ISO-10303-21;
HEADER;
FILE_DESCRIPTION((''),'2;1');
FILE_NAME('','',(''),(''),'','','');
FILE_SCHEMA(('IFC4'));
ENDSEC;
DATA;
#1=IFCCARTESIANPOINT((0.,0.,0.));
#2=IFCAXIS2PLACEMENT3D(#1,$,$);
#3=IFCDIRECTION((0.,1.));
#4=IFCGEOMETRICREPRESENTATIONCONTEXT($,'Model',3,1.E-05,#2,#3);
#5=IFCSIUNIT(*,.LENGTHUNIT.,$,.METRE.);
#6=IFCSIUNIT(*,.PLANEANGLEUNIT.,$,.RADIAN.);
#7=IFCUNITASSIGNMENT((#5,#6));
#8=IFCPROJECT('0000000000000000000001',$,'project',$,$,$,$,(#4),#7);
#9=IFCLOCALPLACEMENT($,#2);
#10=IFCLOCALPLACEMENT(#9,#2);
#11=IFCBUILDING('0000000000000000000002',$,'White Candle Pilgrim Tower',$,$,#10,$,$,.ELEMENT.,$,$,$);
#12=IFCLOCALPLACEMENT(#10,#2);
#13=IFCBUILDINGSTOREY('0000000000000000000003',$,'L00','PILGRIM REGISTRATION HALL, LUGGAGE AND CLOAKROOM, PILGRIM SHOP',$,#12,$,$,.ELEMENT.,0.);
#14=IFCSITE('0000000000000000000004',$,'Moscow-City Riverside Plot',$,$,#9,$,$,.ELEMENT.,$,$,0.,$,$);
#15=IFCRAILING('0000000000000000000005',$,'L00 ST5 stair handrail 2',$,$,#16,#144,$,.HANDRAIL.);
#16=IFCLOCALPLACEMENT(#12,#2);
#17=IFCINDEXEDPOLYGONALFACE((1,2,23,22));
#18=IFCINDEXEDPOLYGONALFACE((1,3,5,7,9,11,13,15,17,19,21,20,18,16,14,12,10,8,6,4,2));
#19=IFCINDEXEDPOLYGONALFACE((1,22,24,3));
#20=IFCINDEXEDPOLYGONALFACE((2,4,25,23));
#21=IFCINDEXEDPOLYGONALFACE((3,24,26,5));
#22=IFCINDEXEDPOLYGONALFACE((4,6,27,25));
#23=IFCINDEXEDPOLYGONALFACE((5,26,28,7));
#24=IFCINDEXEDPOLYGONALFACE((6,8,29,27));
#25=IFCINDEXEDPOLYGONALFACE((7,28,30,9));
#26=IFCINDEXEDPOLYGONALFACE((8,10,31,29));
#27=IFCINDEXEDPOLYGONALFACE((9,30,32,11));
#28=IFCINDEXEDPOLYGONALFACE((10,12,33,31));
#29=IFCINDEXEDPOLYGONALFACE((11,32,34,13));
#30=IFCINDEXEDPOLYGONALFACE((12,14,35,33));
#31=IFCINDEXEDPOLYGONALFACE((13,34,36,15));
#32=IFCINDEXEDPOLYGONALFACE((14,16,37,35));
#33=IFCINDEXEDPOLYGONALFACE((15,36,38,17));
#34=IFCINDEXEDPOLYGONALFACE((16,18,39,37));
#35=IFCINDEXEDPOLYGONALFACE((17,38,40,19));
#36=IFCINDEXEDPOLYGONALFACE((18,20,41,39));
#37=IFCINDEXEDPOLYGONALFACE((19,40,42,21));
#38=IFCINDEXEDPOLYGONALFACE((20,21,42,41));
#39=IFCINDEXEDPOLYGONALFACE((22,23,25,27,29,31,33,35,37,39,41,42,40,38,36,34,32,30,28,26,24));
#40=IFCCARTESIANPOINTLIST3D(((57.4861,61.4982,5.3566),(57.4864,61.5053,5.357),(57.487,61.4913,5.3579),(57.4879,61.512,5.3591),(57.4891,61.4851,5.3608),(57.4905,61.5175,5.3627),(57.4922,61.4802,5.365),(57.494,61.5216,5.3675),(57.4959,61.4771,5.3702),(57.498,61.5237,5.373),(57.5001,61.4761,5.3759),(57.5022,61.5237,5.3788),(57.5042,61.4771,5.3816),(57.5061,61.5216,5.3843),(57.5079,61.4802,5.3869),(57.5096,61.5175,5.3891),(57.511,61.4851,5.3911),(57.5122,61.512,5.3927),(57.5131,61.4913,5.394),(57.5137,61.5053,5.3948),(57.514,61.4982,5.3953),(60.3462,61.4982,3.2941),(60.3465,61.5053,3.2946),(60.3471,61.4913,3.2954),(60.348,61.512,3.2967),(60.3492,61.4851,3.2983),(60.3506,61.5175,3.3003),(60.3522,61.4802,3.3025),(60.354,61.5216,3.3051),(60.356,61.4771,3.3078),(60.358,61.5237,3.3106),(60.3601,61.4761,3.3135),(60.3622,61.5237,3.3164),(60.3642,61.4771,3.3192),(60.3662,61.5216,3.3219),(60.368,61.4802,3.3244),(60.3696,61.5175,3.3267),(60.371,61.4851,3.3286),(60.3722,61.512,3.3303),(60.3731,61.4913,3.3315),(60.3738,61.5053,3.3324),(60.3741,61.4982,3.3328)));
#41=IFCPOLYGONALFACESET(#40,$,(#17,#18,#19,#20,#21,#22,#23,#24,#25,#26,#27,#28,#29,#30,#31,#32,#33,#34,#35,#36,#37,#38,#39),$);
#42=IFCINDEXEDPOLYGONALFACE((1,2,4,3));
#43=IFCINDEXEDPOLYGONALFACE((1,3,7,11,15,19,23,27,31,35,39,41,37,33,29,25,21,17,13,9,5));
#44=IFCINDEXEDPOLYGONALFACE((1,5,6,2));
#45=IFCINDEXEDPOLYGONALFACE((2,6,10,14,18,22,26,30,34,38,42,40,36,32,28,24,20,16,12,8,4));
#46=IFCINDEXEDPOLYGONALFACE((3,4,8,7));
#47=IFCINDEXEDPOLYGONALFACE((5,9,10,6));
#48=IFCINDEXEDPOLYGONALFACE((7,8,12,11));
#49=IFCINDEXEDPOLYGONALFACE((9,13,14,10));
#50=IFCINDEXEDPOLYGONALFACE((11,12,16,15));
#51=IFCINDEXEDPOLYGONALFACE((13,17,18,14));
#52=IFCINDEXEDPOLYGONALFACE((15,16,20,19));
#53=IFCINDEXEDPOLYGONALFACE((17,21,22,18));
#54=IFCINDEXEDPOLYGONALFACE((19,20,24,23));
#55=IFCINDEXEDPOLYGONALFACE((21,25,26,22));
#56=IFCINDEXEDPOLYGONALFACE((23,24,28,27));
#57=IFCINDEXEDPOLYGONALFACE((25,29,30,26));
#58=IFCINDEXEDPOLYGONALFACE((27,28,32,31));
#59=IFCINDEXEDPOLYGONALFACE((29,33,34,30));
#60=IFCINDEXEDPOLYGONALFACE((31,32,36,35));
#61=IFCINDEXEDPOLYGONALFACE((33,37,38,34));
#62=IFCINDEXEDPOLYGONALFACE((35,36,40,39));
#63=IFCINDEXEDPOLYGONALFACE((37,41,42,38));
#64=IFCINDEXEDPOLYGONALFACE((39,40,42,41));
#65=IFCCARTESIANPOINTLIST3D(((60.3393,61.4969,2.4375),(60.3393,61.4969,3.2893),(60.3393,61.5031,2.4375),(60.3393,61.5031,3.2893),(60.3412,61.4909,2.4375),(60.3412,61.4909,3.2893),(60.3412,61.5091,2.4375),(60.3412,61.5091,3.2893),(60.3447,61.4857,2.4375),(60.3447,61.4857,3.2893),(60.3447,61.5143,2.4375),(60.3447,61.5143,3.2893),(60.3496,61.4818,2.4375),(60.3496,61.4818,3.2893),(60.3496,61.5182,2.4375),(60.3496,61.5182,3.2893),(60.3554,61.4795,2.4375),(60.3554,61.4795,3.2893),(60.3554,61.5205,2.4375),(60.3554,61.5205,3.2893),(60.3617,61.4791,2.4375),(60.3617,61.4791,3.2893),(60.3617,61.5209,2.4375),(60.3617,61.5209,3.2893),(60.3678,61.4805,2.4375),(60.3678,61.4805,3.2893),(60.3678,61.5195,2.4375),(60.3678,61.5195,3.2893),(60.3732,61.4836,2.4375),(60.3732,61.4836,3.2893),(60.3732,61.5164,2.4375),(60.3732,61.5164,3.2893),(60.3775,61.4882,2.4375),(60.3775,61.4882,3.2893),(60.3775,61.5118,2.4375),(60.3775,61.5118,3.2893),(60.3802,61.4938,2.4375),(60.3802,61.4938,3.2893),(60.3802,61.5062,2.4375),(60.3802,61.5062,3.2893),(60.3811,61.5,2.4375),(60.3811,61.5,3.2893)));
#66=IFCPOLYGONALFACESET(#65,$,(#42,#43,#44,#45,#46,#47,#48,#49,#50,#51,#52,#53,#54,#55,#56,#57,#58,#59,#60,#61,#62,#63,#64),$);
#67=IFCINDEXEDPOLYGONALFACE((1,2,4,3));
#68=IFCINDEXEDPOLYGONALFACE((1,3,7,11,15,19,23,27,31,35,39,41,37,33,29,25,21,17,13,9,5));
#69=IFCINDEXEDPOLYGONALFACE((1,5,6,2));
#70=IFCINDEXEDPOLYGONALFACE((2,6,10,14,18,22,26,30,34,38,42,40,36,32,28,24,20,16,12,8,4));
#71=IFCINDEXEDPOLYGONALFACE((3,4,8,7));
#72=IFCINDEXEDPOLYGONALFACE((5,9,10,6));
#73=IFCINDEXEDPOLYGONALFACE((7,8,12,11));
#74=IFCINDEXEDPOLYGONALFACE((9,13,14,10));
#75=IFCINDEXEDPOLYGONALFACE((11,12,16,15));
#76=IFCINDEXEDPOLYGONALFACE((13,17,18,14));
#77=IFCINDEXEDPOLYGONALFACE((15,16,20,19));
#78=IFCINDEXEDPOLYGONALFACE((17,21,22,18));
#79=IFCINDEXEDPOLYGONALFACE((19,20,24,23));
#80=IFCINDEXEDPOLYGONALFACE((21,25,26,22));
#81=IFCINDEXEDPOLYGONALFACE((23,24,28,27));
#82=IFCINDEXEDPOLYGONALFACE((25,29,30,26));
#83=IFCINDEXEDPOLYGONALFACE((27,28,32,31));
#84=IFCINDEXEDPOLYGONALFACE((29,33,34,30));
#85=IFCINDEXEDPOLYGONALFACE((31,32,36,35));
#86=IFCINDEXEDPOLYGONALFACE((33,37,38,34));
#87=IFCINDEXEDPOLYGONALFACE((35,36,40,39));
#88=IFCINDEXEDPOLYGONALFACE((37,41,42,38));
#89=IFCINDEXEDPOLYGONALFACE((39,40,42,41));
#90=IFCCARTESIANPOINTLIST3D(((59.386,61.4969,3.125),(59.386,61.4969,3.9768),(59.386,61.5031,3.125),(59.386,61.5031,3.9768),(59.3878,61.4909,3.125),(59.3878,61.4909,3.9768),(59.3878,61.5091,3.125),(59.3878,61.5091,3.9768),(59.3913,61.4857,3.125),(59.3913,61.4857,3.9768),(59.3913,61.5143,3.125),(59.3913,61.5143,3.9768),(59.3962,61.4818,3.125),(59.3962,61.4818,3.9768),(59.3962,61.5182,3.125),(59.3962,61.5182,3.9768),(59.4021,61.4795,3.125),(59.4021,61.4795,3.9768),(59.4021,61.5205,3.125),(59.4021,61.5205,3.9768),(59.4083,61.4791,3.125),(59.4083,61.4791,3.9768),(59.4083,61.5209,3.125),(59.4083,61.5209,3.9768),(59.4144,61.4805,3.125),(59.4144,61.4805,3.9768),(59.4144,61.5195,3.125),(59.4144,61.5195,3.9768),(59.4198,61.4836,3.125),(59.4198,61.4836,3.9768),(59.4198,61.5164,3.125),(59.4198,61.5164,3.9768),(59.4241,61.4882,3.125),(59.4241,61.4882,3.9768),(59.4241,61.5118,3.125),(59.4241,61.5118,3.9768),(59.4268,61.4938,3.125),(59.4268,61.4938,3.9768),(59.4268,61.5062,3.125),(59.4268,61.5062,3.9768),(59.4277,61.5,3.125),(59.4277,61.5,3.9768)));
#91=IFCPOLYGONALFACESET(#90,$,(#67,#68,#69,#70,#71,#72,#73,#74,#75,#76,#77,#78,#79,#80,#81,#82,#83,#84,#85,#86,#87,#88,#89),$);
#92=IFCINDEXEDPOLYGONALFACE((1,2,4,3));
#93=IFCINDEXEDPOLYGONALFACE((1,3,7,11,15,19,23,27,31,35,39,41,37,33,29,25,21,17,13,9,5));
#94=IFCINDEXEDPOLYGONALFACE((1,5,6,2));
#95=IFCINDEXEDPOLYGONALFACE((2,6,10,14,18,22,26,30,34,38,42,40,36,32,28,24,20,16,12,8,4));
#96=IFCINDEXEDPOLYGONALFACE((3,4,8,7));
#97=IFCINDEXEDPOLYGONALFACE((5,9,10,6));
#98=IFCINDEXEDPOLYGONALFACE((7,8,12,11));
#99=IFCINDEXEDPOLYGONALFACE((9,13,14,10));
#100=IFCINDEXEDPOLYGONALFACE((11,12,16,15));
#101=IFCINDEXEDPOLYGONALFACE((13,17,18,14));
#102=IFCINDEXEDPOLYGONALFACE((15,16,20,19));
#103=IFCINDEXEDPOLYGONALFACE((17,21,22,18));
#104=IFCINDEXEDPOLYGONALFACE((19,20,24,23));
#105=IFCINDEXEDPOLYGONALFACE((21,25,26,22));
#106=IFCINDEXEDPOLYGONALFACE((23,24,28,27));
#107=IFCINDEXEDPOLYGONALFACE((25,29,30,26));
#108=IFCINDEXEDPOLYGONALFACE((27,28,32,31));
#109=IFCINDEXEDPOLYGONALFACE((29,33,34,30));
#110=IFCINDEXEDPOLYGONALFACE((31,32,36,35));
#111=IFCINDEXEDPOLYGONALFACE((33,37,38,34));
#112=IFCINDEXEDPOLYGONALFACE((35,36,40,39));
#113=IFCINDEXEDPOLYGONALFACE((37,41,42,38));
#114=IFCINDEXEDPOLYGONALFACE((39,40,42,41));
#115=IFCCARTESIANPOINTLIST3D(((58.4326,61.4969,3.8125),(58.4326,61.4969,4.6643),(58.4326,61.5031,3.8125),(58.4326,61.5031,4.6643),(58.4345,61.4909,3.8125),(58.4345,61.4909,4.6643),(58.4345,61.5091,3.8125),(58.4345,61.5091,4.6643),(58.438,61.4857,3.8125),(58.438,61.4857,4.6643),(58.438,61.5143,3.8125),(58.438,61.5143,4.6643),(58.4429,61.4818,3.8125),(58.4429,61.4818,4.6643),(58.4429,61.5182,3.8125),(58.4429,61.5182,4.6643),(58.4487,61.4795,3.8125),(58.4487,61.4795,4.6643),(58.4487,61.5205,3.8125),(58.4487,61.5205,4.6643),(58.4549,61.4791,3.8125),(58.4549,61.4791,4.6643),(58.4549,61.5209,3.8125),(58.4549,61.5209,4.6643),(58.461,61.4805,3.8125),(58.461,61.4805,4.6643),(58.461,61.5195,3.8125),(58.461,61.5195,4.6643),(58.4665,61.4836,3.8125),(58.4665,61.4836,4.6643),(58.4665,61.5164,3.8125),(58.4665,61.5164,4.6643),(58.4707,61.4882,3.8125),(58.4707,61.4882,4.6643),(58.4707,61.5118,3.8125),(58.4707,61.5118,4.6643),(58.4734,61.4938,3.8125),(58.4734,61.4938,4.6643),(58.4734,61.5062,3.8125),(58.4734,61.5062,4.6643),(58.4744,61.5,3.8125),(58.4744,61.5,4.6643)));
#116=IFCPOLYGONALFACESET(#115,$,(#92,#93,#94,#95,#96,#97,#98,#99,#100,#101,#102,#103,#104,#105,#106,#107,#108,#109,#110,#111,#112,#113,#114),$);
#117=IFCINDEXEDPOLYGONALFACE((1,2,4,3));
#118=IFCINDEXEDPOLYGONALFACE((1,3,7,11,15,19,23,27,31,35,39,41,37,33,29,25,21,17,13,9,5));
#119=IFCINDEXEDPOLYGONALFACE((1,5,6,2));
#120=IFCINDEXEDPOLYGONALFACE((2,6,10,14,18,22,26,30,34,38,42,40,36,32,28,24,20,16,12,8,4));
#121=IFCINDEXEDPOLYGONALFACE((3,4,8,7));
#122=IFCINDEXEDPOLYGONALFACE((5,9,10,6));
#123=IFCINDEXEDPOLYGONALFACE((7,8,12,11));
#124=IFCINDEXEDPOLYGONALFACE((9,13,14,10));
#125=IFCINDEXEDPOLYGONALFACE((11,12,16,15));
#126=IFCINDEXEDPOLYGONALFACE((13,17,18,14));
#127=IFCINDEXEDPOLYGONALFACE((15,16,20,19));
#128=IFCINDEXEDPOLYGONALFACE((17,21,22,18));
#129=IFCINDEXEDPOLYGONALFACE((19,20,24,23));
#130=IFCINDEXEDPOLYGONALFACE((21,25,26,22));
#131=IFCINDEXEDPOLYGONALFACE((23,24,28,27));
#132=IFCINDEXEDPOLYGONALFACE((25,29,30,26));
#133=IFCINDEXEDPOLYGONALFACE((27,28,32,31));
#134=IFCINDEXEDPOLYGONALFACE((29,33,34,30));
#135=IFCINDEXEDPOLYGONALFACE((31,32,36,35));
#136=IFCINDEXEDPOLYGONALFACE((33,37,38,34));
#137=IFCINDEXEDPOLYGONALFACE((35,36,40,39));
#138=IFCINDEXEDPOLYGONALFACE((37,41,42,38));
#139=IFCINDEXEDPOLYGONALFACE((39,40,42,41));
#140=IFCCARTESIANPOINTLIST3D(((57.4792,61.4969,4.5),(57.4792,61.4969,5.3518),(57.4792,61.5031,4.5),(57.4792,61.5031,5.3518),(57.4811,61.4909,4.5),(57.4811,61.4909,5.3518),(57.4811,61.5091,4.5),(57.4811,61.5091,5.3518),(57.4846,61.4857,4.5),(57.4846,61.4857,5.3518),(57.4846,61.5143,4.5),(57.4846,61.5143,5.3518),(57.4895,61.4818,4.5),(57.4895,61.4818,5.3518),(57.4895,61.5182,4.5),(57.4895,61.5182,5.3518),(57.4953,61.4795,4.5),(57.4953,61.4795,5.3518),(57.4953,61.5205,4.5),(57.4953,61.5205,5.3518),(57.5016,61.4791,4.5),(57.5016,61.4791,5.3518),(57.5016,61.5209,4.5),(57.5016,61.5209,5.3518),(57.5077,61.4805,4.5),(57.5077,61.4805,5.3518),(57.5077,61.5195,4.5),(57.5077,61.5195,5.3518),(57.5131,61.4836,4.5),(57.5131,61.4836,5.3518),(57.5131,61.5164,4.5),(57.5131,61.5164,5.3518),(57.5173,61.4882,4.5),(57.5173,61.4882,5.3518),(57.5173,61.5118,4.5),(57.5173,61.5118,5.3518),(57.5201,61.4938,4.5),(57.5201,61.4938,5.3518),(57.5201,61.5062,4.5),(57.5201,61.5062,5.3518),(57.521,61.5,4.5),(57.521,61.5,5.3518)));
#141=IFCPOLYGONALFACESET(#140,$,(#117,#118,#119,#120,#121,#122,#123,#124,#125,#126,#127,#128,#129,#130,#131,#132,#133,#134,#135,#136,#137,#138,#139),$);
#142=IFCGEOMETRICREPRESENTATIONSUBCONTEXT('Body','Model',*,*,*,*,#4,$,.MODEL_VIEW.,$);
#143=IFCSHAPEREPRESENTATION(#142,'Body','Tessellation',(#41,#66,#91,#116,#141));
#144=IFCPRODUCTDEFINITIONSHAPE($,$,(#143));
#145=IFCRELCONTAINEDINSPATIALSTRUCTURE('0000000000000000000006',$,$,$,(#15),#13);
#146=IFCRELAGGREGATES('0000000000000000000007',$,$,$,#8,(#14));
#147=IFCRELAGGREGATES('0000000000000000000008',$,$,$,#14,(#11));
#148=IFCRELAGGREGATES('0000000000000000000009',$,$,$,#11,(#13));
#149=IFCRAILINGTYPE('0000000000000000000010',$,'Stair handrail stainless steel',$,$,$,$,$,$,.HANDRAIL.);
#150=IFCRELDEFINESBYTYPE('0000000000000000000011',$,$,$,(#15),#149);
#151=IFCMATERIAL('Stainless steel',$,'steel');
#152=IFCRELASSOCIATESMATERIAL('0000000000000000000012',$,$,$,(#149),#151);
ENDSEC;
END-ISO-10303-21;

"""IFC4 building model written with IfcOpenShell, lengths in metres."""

from ifc_helpers import new_model, si_unit, direction, frame, origin, origin_2d, place, context, subcontext, project, spatial, circle, extrude, material, type_object, element, save


model = new_model("IFC4")

# Units and contexts
model_context = context("Model", 3, precision=1e-05, world=origin(), true_north=direction((0.0, 1.0)))
body_context = subcontext(model_context, "Body", "Model", "MODEL_VIEW")
ifc_project = project(units=[si_unit("LENGTHUNIT", "METRE"), si_unit("PLANEANGLEUNIT", "RADIAN")], contexts=[model_context])

# Site, building, storey
site_placement = place(None, origin())
site = spatial("IfcSite", under=ifc_project, at=site_placement, Name="Moscow-City Riverside Plot", CompositionType="ELEMENT", RefElevation=0.0)
building_placement = place(site_placement, origin())
building = spatial("IfcBuilding", under=site, at=building_placement, Name="White Candle Pilgrim Tower", CompositionType="ELEMENT")
storey_placement = place(building_placement, origin())
storey = spatial("IfcBuildingStorey", under=building, at=storey_placement, Name="L00", Description="PILGRIM REGISTRATION HALL, LUGGAGE AND CLOAKROOM, PILGRIM SHOP", CompositionType="ELEMENT", Elevation=0.0)

# Railing
ifc_material_1 = material(Name="Stainless steel", Category="steel")
railing_type_1 = type_object("IfcRailingType", Name="Stair handrail stainless steel", PredefinedType="HANDRAIL", material=ifc_material_1)
railing_1_placement = place(storey_placement, frame((60.3601, 61.5, 2.4375)))
element("IfcRailing", 1, at=railing_1_placement, inside=storey, type_object=railing_type_1, Name="L00 ST5 stair handrail 2", PredefinedType="HANDRAIL", context=body_context, shape_type="SweptSolid", body=[
    extrude(circle(Radius=0.0239, at=origin_2d()), frame((0.0, 0.0, 0.876), z_axis=(-0.811101, 0.0, 0.584906), x_axis=(0.0, -1.0, 0.0)), (0.0, 0.0, 1.0), 3.5261),
    extrude(circle(Radius=0.021, at=origin_2d()), origin(), (0.0, 0.0, 1.0), 0.8518),
    extrude(circle(Radius=0.021, at=origin_2d()), frame((-0.9534, 0.0, 0.6875)), (0.0, 0.0, 1.0), 0.8518),
    extrude(circle(Radius=0.021, at=origin_2d()), frame((-1.9067, 0.0, 1.375)), (0.0, 0.0, 1.0), 0.8518),
    extrude(circle(Radius=0.021, at=origin_2d()), frame((-2.8601, 0.0, 2.0625)), (0.0, 0.0, 1.0), 0.8518),
])

save(model, "model.ifc")
